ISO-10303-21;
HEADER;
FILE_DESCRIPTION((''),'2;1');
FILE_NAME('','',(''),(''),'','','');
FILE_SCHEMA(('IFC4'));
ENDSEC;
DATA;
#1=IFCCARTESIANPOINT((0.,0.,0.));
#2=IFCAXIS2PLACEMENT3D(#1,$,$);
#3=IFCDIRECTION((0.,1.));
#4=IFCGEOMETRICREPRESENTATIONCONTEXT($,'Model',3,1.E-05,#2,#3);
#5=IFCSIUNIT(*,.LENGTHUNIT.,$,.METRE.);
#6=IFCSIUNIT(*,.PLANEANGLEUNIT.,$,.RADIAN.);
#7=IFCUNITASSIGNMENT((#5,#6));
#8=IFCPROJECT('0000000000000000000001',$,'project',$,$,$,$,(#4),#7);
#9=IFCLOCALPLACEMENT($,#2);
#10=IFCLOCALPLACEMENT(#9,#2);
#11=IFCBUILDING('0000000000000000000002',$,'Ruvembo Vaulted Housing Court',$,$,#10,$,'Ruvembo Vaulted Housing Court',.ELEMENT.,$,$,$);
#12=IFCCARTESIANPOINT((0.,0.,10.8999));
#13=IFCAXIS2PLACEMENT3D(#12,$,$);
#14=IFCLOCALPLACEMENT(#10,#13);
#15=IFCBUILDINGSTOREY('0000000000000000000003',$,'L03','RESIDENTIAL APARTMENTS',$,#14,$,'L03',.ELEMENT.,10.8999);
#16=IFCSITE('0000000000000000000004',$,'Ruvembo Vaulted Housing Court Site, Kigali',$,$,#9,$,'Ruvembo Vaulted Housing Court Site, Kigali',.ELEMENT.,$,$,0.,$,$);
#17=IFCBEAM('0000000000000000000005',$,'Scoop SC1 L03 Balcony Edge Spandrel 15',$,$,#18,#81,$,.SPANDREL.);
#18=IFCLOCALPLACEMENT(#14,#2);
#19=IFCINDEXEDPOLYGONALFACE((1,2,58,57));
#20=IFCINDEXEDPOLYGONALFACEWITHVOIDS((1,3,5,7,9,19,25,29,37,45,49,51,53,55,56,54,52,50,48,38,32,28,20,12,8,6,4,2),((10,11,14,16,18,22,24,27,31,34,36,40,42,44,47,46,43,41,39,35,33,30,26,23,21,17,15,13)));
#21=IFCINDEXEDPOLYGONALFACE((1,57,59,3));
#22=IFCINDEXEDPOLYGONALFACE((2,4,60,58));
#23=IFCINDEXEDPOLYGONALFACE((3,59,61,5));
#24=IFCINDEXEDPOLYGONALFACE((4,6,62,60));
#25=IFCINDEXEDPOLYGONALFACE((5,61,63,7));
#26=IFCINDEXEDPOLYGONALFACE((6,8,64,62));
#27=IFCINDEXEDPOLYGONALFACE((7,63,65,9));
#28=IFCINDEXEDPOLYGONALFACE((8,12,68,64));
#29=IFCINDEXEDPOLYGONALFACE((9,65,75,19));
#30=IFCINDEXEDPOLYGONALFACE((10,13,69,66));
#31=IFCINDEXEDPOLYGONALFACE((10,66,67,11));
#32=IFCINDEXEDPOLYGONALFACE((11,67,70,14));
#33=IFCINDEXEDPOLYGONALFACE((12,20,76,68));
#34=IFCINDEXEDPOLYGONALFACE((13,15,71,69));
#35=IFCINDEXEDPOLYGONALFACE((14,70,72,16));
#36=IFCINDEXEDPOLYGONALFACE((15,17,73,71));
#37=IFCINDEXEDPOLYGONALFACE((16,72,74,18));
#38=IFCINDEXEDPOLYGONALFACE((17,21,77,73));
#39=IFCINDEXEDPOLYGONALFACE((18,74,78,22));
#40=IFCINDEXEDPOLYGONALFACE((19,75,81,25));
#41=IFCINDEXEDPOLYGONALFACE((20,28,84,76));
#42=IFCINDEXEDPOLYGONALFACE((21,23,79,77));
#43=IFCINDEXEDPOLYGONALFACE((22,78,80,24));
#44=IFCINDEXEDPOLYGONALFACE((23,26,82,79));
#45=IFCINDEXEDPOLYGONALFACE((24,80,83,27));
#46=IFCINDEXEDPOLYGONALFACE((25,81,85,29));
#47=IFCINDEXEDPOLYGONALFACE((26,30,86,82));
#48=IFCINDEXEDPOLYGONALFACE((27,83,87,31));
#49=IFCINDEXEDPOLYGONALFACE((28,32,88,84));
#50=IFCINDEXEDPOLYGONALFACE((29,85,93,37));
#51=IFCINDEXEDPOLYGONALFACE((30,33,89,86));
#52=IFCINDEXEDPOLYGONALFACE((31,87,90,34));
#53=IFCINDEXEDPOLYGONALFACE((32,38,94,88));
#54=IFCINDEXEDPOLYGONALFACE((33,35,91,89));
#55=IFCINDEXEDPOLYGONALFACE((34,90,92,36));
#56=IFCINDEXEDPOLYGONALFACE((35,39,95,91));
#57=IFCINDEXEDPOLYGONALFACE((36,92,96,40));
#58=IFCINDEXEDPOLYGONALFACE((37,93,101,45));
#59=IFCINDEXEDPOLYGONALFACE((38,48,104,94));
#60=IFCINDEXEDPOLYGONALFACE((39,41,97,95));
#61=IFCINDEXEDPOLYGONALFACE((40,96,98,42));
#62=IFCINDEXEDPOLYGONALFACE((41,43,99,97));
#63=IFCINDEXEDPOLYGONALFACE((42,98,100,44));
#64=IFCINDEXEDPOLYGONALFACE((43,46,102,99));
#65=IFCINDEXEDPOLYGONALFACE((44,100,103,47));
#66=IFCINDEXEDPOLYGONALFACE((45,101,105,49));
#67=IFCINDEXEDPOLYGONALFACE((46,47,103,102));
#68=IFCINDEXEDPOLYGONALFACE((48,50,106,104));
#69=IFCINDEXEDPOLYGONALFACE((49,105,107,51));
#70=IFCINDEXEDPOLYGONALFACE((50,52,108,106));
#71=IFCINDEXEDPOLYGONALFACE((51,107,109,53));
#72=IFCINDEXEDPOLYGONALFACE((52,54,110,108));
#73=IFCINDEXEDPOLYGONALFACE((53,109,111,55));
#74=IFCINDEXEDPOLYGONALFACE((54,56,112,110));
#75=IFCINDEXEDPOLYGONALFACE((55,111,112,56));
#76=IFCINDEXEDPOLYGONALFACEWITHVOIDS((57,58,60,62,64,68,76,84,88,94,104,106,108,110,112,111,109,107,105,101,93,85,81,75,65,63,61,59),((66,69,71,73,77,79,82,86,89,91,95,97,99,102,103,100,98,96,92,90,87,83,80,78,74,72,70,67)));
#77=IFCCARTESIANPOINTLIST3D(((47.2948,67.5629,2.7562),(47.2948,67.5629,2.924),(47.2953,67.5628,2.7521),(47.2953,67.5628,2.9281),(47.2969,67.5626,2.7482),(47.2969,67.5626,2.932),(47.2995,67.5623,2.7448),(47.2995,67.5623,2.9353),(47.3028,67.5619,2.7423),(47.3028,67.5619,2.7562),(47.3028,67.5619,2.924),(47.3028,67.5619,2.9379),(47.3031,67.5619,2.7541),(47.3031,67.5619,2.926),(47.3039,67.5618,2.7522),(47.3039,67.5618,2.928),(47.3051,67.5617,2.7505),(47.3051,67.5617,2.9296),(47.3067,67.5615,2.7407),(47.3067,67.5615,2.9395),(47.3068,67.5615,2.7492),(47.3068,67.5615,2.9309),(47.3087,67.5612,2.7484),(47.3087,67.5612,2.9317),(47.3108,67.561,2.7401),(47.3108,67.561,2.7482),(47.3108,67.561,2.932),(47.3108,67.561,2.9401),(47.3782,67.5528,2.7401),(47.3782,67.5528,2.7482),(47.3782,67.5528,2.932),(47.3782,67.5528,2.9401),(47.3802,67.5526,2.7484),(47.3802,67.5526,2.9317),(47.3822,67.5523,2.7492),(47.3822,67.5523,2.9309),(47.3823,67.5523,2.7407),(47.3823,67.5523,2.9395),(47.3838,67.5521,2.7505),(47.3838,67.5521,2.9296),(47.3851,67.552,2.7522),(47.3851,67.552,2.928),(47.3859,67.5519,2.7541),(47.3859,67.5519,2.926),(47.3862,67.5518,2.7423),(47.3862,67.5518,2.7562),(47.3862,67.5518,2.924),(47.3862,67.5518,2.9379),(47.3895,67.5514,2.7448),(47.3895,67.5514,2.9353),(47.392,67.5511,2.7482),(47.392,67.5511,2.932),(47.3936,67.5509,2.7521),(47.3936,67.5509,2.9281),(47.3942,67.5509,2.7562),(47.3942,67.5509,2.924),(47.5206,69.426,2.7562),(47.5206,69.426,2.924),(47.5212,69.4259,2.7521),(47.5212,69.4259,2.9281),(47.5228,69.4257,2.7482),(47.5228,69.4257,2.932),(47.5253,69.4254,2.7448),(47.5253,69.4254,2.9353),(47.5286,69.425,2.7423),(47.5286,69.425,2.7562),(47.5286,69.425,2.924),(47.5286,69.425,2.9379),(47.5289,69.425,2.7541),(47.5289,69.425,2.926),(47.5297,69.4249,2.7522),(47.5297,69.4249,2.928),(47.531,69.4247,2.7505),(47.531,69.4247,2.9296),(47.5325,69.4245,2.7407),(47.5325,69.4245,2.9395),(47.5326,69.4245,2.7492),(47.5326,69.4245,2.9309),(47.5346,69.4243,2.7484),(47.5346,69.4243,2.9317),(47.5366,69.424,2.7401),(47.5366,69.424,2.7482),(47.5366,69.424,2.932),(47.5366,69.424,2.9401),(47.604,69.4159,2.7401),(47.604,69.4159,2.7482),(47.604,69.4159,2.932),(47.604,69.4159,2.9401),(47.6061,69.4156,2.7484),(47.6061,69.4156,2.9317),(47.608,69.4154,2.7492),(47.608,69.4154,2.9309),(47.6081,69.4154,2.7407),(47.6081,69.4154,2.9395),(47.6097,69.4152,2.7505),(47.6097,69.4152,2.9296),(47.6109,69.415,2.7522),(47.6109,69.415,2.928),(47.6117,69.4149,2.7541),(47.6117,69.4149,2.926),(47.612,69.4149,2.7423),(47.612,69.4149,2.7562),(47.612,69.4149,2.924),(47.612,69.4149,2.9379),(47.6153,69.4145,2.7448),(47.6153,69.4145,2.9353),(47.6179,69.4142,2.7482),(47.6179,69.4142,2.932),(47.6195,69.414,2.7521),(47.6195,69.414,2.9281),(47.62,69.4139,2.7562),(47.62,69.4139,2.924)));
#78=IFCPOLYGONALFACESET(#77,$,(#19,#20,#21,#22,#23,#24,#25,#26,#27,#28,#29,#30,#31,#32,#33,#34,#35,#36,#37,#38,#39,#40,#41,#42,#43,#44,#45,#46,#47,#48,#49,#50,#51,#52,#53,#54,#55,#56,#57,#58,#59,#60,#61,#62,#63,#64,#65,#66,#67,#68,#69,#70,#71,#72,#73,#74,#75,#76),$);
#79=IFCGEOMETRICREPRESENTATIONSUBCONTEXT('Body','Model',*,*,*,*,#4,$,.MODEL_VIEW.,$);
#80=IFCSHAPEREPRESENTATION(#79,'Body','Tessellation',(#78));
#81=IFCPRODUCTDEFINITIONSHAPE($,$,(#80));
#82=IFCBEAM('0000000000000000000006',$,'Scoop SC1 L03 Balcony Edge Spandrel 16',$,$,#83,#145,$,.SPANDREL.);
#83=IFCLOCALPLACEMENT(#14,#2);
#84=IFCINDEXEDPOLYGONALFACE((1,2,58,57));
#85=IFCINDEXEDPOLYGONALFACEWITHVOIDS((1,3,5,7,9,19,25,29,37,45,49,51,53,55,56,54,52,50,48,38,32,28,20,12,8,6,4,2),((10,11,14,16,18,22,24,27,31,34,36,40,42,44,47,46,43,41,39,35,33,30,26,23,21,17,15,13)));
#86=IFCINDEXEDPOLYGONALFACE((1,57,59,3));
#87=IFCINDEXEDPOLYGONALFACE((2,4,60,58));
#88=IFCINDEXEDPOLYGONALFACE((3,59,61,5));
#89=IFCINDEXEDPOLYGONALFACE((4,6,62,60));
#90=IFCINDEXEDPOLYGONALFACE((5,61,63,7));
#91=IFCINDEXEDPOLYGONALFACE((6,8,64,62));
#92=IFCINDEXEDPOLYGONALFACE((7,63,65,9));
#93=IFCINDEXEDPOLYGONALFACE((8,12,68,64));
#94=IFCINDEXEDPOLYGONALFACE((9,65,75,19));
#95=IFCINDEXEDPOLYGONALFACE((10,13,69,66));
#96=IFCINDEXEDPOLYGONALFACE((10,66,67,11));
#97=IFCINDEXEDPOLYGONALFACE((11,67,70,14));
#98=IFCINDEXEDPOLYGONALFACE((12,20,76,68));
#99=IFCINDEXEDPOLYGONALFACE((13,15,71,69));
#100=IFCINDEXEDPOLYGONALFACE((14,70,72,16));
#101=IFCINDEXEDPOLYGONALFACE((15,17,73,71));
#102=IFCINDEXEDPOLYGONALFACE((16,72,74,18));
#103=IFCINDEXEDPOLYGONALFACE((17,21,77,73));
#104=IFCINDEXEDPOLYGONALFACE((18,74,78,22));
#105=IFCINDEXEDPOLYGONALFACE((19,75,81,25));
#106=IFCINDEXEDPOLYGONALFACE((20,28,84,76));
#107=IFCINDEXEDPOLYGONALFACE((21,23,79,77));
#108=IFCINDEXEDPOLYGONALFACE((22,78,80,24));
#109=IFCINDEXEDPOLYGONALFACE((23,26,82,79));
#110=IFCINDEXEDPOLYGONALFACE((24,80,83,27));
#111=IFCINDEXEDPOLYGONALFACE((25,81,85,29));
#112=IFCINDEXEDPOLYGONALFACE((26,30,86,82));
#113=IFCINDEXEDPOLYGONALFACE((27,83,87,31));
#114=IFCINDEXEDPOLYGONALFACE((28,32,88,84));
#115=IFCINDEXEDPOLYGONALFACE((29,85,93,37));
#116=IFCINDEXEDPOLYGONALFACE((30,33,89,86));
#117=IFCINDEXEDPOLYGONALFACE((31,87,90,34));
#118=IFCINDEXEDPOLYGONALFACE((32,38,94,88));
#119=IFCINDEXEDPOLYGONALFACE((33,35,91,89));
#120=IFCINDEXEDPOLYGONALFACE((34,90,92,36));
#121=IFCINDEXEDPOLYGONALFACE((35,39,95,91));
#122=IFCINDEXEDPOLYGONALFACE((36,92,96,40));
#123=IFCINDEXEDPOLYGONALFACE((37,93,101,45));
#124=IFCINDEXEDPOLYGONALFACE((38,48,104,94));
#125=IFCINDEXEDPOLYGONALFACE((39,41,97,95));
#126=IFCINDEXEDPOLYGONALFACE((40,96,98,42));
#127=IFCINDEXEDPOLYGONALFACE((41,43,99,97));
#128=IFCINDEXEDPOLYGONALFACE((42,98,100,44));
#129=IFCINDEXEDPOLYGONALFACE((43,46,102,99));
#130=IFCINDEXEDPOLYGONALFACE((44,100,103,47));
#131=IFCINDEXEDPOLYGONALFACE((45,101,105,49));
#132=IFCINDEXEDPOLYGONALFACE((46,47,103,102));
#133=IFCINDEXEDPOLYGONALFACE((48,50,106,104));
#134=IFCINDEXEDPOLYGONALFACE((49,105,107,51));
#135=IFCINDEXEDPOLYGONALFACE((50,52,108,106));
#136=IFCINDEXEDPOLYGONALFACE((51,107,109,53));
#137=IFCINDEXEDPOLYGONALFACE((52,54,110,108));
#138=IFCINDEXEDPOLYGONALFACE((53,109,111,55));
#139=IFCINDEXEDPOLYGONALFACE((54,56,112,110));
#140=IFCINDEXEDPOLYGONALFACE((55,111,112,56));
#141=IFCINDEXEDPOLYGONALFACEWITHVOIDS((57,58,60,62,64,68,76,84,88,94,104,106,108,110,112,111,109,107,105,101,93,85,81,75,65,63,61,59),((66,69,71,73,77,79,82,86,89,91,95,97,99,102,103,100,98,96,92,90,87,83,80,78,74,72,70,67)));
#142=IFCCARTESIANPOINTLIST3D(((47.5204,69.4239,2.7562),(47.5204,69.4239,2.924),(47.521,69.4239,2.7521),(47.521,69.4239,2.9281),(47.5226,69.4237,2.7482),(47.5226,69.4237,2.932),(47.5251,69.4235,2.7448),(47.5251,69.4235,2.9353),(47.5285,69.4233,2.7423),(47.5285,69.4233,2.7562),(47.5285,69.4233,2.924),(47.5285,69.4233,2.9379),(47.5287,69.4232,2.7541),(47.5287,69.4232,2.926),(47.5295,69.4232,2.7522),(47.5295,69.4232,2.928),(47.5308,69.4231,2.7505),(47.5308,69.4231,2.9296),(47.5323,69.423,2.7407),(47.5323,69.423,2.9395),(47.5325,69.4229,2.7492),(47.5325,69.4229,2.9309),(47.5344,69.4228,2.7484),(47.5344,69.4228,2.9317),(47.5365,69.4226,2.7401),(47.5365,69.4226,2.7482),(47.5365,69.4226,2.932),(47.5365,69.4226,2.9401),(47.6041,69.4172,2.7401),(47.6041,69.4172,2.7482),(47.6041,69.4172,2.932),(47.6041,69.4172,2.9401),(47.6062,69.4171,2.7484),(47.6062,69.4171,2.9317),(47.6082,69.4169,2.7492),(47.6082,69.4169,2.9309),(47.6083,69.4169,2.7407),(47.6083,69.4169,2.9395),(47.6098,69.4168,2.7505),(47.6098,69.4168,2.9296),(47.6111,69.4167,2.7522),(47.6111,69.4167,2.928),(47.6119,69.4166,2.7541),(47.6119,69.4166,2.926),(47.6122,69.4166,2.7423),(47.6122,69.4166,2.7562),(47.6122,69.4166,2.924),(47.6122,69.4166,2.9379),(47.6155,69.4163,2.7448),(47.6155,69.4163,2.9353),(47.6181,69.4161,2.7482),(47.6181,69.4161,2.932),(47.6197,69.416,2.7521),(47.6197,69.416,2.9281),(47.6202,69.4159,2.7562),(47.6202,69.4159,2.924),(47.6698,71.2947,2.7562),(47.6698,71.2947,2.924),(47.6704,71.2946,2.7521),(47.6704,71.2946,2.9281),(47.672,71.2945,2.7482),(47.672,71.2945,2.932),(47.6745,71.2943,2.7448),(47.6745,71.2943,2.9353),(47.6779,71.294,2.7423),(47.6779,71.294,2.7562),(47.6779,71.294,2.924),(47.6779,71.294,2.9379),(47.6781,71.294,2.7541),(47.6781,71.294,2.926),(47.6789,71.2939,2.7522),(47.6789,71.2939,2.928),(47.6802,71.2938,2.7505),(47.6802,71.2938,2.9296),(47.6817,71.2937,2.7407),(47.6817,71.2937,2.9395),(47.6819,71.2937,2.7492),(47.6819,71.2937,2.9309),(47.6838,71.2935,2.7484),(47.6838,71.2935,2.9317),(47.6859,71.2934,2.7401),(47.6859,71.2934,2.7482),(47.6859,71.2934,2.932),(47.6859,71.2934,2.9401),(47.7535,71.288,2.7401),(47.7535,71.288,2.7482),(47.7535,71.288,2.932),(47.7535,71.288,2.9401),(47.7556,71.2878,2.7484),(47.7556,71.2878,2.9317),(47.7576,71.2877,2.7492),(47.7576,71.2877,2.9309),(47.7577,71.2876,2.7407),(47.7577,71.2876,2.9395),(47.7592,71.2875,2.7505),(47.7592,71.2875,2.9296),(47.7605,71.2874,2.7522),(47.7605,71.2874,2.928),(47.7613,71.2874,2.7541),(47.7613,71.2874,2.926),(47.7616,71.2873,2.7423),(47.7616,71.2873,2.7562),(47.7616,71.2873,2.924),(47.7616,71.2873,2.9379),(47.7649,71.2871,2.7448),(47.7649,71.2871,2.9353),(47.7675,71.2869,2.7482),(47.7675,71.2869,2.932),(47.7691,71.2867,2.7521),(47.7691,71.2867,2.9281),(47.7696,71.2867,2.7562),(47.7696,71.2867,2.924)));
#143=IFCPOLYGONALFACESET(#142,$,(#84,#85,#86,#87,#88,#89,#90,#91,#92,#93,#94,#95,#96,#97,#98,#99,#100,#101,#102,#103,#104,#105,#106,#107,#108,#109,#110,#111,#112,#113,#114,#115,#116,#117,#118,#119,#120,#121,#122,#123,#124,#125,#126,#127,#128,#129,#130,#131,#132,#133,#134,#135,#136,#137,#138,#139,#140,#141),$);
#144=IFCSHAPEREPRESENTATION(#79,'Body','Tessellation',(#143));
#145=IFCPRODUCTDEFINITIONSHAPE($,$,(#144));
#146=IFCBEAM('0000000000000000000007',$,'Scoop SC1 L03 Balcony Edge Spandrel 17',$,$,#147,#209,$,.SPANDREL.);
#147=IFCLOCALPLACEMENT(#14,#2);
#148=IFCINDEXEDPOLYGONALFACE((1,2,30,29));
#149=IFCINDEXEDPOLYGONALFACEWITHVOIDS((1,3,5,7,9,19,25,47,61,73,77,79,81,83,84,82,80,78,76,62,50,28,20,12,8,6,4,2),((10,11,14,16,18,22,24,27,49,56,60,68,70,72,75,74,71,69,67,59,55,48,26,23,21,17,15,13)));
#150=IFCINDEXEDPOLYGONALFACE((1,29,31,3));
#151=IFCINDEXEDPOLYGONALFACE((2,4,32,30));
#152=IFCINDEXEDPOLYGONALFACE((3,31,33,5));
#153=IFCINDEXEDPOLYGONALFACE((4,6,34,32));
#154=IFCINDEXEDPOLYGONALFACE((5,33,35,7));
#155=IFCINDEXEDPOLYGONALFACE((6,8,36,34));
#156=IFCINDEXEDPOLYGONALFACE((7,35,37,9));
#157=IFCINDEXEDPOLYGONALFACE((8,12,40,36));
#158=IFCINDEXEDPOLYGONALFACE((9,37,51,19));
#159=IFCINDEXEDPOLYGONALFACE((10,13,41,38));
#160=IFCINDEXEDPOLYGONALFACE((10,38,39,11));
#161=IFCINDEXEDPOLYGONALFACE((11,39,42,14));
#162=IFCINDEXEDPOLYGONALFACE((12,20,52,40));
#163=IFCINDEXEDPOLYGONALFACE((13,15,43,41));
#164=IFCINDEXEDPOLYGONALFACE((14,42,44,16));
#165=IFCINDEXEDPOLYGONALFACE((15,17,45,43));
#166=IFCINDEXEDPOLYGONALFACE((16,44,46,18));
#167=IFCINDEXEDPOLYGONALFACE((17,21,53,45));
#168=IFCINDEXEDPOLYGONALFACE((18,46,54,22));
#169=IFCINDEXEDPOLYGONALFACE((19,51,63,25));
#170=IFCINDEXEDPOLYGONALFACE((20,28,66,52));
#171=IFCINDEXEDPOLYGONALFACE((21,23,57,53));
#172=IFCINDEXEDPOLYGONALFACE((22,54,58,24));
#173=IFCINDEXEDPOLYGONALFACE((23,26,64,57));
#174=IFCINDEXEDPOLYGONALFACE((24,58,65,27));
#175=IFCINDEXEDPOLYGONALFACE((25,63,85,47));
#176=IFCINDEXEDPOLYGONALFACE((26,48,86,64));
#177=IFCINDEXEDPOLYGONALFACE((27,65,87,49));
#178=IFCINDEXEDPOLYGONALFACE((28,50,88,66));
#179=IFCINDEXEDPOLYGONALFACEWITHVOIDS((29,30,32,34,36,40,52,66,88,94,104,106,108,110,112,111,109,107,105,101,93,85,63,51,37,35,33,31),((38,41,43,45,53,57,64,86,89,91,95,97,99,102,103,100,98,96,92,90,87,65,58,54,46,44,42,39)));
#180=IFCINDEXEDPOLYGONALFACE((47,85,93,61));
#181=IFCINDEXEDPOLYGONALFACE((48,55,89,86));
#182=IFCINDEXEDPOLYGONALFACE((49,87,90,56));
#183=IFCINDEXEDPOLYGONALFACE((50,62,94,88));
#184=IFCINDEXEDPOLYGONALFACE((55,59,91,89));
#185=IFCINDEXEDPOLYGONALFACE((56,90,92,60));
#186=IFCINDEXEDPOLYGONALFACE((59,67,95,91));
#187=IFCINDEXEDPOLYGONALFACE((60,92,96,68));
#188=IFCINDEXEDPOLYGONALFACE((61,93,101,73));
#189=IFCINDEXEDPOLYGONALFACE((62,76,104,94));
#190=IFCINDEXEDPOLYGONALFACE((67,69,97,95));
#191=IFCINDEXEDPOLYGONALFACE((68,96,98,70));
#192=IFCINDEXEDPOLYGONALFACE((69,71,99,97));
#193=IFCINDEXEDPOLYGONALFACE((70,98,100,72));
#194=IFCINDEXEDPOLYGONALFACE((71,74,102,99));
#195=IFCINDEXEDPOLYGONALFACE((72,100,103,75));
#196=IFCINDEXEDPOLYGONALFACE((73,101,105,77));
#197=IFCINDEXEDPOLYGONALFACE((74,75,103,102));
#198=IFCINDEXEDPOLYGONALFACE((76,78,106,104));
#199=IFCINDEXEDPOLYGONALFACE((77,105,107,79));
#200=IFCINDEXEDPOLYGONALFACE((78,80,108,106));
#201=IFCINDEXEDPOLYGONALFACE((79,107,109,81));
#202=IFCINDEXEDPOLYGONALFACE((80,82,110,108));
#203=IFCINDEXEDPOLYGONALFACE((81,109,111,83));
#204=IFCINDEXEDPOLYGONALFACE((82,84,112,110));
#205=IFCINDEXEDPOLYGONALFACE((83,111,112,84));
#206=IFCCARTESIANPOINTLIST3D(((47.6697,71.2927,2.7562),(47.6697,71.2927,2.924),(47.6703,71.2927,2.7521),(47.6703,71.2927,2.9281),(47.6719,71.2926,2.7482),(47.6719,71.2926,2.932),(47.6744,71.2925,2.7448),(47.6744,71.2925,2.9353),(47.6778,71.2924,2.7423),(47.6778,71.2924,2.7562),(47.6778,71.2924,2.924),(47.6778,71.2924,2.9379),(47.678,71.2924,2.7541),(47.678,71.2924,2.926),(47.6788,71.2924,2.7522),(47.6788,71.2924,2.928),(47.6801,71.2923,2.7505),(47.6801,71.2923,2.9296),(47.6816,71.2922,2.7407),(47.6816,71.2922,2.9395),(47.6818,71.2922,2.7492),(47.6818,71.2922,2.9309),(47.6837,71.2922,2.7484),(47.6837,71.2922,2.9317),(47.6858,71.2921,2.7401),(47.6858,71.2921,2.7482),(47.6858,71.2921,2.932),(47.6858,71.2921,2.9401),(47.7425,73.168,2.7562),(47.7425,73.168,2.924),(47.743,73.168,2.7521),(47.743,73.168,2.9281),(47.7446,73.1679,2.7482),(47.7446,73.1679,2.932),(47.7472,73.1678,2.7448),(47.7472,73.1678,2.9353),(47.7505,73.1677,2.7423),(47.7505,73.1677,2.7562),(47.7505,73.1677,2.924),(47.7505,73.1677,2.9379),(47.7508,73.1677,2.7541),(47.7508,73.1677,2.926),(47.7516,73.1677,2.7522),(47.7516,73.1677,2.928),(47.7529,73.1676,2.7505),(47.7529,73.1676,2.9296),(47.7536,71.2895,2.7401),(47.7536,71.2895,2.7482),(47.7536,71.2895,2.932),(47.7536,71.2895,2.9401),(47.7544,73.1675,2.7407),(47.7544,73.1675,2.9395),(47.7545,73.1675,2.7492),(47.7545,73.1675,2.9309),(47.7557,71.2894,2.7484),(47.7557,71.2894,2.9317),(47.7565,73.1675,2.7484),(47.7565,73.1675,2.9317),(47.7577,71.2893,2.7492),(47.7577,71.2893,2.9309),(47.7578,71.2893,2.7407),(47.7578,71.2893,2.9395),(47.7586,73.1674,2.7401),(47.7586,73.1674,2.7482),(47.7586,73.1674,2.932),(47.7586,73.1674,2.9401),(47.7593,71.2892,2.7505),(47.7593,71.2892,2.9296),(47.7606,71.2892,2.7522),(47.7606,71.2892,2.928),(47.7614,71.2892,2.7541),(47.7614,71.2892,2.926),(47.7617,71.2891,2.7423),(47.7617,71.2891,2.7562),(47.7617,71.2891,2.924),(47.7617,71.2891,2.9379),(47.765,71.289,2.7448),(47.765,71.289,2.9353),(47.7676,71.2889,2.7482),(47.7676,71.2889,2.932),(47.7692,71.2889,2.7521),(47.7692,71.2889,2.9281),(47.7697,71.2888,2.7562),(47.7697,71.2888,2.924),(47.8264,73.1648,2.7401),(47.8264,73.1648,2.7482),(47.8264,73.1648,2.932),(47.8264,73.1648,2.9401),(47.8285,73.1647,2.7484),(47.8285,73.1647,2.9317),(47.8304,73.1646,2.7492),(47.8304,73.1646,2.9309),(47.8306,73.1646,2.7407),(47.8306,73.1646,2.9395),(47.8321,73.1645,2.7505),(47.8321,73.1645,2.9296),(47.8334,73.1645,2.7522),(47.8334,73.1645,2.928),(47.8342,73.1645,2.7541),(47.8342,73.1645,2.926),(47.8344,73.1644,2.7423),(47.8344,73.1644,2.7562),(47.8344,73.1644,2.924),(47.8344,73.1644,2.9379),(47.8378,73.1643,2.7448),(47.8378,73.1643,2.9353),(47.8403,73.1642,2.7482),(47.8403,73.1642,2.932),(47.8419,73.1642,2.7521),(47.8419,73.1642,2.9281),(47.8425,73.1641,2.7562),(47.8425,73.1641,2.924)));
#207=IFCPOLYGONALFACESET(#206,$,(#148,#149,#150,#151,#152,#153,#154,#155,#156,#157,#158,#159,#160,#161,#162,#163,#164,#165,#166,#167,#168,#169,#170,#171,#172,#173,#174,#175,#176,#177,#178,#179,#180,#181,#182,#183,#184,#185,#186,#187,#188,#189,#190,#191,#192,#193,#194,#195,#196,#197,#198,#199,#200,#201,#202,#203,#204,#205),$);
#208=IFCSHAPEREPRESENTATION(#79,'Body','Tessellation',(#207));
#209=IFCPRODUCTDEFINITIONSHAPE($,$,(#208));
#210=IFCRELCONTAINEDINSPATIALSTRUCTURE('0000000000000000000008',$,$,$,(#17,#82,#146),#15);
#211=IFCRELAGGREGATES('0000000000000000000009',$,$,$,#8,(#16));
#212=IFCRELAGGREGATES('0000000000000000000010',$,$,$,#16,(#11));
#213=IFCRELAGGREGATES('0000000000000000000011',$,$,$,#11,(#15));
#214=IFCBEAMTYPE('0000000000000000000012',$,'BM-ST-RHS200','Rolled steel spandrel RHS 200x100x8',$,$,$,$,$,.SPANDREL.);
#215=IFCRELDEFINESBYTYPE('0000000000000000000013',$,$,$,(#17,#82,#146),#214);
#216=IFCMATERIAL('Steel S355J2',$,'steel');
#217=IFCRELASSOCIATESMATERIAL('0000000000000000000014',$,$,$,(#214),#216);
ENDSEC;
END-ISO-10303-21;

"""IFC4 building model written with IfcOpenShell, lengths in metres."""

from ifc_helpers import new_model, si_unit, direction, frame, origin, origin_2d, place, context, subcontext, project, spatial, hollow_rectangle, extrude, material, material_profile, profile_set, type_object, element, save


model = new_model("IFC4")

# Units and contexts
model_context = context("Model", 3, precision=1e-05, world=origin(), true_north=direction((0.0, 1.0)))
body_context = subcontext(model_context, "Body", "Model", "MODEL_VIEW")
ifc_project = project(units=[si_unit("LENGTHUNIT", "METRE"), si_unit("PLANEANGLEUNIT", "RADIAN")], contexts=[model_context])

# Site, building, storey
site_placement = place(None, origin())
site = spatial("IfcSite", under=ifc_project, at=site_placement, Name="Ruvembo Vaulted Housing Court Site, Kigali", LongName="Ruvembo Vaulted Housing Court Site, Kigali", CompositionType="ELEMENT", RefElevation=0.0)
building_placement = place(site_placement, origin())
building = spatial("IfcBuilding", under=site, at=building_placement, Name="Ruvembo Vaulted Housing Court", LongName="Ruvembo Vaulted Housing Court", CompositionType="ELEMENT")
storey_placement = place(building_placement, frame((0.0, 0.0, 10.8999)))
storey = spatial("IfcBuildingStorey", under=building, at=storey_placement, Name="L03", Description="RESIDENTIAL APARTMENTS", LongName="L03", CompositionType="ELEMENT", Elevation=10.8999)

# Beams
ifc_material_1 = material(Name="Steel S355J2", Category="steel")
ifc_material_profile_1 = material_profile(ifc_material_1, hollow_rectangle(XDim=0.1001, YDim=0.2, WallThickness=0.0081, InnerFilletRadius=0.0081, OuterFilletRadius=0.0161, at=origin_2d()), Name="RHS 200x100x8")
ifc_profile_set_1 = profile_set([ifc_material_profile_1], Name="Steel S355J2")
beam_type = type_object("IfcBeamType", Name="BM-ST-RHS200", Description="Rolled steel spandrel RHS 200x100x8", PredefinedType="SPANDREL", material=ifc_profile_set_1)
for number, where, z_axis, x_axis, name in (
    (1, (47.3445, 67.5569, 2.8401), (0.120335, 0.992733, 0.0), (-0.992733, 0.120335, 0.0), "Scoop SC1 L03 Balcony Edge Spandrel 15"),
    (2, (47.5703, 69.4199, 2.8401), (0.079611, 0.996826, 0.0), (-0.996826, 0.079611, 0.0), "Scoop SC1 L03 Balcony Edge Spandrel 16"),
    (3, (47.7197, 71.2908, 2.8401), (0.038768, 0.999248, 0.0), (-0.999248, 0.038768, 0.0), "Scoop SC1 L03 Balcony Edge Spandrel 17"),
):
    element("IfcBeam", number, at=place(storey_placement, frame(where, z_axis=z_axis, x_axis=x_axis)), inside=storey, type_object=beam_type, Name=name, PredefinedType="SPANDREL", context=body_context, shape_type="SweptSolid", body=[
        extrude(hollow_rectangle(XDim=0.1001, YDim=0.2, WallThickness=0.0081, InnerFilletRadius=0.0081, OuterFilletRadius=0.0161, at=origin_2d()), origin(), (0.0, 0.0, 1.0), 1.8767),
    ])

save(model, "model.ifc")
